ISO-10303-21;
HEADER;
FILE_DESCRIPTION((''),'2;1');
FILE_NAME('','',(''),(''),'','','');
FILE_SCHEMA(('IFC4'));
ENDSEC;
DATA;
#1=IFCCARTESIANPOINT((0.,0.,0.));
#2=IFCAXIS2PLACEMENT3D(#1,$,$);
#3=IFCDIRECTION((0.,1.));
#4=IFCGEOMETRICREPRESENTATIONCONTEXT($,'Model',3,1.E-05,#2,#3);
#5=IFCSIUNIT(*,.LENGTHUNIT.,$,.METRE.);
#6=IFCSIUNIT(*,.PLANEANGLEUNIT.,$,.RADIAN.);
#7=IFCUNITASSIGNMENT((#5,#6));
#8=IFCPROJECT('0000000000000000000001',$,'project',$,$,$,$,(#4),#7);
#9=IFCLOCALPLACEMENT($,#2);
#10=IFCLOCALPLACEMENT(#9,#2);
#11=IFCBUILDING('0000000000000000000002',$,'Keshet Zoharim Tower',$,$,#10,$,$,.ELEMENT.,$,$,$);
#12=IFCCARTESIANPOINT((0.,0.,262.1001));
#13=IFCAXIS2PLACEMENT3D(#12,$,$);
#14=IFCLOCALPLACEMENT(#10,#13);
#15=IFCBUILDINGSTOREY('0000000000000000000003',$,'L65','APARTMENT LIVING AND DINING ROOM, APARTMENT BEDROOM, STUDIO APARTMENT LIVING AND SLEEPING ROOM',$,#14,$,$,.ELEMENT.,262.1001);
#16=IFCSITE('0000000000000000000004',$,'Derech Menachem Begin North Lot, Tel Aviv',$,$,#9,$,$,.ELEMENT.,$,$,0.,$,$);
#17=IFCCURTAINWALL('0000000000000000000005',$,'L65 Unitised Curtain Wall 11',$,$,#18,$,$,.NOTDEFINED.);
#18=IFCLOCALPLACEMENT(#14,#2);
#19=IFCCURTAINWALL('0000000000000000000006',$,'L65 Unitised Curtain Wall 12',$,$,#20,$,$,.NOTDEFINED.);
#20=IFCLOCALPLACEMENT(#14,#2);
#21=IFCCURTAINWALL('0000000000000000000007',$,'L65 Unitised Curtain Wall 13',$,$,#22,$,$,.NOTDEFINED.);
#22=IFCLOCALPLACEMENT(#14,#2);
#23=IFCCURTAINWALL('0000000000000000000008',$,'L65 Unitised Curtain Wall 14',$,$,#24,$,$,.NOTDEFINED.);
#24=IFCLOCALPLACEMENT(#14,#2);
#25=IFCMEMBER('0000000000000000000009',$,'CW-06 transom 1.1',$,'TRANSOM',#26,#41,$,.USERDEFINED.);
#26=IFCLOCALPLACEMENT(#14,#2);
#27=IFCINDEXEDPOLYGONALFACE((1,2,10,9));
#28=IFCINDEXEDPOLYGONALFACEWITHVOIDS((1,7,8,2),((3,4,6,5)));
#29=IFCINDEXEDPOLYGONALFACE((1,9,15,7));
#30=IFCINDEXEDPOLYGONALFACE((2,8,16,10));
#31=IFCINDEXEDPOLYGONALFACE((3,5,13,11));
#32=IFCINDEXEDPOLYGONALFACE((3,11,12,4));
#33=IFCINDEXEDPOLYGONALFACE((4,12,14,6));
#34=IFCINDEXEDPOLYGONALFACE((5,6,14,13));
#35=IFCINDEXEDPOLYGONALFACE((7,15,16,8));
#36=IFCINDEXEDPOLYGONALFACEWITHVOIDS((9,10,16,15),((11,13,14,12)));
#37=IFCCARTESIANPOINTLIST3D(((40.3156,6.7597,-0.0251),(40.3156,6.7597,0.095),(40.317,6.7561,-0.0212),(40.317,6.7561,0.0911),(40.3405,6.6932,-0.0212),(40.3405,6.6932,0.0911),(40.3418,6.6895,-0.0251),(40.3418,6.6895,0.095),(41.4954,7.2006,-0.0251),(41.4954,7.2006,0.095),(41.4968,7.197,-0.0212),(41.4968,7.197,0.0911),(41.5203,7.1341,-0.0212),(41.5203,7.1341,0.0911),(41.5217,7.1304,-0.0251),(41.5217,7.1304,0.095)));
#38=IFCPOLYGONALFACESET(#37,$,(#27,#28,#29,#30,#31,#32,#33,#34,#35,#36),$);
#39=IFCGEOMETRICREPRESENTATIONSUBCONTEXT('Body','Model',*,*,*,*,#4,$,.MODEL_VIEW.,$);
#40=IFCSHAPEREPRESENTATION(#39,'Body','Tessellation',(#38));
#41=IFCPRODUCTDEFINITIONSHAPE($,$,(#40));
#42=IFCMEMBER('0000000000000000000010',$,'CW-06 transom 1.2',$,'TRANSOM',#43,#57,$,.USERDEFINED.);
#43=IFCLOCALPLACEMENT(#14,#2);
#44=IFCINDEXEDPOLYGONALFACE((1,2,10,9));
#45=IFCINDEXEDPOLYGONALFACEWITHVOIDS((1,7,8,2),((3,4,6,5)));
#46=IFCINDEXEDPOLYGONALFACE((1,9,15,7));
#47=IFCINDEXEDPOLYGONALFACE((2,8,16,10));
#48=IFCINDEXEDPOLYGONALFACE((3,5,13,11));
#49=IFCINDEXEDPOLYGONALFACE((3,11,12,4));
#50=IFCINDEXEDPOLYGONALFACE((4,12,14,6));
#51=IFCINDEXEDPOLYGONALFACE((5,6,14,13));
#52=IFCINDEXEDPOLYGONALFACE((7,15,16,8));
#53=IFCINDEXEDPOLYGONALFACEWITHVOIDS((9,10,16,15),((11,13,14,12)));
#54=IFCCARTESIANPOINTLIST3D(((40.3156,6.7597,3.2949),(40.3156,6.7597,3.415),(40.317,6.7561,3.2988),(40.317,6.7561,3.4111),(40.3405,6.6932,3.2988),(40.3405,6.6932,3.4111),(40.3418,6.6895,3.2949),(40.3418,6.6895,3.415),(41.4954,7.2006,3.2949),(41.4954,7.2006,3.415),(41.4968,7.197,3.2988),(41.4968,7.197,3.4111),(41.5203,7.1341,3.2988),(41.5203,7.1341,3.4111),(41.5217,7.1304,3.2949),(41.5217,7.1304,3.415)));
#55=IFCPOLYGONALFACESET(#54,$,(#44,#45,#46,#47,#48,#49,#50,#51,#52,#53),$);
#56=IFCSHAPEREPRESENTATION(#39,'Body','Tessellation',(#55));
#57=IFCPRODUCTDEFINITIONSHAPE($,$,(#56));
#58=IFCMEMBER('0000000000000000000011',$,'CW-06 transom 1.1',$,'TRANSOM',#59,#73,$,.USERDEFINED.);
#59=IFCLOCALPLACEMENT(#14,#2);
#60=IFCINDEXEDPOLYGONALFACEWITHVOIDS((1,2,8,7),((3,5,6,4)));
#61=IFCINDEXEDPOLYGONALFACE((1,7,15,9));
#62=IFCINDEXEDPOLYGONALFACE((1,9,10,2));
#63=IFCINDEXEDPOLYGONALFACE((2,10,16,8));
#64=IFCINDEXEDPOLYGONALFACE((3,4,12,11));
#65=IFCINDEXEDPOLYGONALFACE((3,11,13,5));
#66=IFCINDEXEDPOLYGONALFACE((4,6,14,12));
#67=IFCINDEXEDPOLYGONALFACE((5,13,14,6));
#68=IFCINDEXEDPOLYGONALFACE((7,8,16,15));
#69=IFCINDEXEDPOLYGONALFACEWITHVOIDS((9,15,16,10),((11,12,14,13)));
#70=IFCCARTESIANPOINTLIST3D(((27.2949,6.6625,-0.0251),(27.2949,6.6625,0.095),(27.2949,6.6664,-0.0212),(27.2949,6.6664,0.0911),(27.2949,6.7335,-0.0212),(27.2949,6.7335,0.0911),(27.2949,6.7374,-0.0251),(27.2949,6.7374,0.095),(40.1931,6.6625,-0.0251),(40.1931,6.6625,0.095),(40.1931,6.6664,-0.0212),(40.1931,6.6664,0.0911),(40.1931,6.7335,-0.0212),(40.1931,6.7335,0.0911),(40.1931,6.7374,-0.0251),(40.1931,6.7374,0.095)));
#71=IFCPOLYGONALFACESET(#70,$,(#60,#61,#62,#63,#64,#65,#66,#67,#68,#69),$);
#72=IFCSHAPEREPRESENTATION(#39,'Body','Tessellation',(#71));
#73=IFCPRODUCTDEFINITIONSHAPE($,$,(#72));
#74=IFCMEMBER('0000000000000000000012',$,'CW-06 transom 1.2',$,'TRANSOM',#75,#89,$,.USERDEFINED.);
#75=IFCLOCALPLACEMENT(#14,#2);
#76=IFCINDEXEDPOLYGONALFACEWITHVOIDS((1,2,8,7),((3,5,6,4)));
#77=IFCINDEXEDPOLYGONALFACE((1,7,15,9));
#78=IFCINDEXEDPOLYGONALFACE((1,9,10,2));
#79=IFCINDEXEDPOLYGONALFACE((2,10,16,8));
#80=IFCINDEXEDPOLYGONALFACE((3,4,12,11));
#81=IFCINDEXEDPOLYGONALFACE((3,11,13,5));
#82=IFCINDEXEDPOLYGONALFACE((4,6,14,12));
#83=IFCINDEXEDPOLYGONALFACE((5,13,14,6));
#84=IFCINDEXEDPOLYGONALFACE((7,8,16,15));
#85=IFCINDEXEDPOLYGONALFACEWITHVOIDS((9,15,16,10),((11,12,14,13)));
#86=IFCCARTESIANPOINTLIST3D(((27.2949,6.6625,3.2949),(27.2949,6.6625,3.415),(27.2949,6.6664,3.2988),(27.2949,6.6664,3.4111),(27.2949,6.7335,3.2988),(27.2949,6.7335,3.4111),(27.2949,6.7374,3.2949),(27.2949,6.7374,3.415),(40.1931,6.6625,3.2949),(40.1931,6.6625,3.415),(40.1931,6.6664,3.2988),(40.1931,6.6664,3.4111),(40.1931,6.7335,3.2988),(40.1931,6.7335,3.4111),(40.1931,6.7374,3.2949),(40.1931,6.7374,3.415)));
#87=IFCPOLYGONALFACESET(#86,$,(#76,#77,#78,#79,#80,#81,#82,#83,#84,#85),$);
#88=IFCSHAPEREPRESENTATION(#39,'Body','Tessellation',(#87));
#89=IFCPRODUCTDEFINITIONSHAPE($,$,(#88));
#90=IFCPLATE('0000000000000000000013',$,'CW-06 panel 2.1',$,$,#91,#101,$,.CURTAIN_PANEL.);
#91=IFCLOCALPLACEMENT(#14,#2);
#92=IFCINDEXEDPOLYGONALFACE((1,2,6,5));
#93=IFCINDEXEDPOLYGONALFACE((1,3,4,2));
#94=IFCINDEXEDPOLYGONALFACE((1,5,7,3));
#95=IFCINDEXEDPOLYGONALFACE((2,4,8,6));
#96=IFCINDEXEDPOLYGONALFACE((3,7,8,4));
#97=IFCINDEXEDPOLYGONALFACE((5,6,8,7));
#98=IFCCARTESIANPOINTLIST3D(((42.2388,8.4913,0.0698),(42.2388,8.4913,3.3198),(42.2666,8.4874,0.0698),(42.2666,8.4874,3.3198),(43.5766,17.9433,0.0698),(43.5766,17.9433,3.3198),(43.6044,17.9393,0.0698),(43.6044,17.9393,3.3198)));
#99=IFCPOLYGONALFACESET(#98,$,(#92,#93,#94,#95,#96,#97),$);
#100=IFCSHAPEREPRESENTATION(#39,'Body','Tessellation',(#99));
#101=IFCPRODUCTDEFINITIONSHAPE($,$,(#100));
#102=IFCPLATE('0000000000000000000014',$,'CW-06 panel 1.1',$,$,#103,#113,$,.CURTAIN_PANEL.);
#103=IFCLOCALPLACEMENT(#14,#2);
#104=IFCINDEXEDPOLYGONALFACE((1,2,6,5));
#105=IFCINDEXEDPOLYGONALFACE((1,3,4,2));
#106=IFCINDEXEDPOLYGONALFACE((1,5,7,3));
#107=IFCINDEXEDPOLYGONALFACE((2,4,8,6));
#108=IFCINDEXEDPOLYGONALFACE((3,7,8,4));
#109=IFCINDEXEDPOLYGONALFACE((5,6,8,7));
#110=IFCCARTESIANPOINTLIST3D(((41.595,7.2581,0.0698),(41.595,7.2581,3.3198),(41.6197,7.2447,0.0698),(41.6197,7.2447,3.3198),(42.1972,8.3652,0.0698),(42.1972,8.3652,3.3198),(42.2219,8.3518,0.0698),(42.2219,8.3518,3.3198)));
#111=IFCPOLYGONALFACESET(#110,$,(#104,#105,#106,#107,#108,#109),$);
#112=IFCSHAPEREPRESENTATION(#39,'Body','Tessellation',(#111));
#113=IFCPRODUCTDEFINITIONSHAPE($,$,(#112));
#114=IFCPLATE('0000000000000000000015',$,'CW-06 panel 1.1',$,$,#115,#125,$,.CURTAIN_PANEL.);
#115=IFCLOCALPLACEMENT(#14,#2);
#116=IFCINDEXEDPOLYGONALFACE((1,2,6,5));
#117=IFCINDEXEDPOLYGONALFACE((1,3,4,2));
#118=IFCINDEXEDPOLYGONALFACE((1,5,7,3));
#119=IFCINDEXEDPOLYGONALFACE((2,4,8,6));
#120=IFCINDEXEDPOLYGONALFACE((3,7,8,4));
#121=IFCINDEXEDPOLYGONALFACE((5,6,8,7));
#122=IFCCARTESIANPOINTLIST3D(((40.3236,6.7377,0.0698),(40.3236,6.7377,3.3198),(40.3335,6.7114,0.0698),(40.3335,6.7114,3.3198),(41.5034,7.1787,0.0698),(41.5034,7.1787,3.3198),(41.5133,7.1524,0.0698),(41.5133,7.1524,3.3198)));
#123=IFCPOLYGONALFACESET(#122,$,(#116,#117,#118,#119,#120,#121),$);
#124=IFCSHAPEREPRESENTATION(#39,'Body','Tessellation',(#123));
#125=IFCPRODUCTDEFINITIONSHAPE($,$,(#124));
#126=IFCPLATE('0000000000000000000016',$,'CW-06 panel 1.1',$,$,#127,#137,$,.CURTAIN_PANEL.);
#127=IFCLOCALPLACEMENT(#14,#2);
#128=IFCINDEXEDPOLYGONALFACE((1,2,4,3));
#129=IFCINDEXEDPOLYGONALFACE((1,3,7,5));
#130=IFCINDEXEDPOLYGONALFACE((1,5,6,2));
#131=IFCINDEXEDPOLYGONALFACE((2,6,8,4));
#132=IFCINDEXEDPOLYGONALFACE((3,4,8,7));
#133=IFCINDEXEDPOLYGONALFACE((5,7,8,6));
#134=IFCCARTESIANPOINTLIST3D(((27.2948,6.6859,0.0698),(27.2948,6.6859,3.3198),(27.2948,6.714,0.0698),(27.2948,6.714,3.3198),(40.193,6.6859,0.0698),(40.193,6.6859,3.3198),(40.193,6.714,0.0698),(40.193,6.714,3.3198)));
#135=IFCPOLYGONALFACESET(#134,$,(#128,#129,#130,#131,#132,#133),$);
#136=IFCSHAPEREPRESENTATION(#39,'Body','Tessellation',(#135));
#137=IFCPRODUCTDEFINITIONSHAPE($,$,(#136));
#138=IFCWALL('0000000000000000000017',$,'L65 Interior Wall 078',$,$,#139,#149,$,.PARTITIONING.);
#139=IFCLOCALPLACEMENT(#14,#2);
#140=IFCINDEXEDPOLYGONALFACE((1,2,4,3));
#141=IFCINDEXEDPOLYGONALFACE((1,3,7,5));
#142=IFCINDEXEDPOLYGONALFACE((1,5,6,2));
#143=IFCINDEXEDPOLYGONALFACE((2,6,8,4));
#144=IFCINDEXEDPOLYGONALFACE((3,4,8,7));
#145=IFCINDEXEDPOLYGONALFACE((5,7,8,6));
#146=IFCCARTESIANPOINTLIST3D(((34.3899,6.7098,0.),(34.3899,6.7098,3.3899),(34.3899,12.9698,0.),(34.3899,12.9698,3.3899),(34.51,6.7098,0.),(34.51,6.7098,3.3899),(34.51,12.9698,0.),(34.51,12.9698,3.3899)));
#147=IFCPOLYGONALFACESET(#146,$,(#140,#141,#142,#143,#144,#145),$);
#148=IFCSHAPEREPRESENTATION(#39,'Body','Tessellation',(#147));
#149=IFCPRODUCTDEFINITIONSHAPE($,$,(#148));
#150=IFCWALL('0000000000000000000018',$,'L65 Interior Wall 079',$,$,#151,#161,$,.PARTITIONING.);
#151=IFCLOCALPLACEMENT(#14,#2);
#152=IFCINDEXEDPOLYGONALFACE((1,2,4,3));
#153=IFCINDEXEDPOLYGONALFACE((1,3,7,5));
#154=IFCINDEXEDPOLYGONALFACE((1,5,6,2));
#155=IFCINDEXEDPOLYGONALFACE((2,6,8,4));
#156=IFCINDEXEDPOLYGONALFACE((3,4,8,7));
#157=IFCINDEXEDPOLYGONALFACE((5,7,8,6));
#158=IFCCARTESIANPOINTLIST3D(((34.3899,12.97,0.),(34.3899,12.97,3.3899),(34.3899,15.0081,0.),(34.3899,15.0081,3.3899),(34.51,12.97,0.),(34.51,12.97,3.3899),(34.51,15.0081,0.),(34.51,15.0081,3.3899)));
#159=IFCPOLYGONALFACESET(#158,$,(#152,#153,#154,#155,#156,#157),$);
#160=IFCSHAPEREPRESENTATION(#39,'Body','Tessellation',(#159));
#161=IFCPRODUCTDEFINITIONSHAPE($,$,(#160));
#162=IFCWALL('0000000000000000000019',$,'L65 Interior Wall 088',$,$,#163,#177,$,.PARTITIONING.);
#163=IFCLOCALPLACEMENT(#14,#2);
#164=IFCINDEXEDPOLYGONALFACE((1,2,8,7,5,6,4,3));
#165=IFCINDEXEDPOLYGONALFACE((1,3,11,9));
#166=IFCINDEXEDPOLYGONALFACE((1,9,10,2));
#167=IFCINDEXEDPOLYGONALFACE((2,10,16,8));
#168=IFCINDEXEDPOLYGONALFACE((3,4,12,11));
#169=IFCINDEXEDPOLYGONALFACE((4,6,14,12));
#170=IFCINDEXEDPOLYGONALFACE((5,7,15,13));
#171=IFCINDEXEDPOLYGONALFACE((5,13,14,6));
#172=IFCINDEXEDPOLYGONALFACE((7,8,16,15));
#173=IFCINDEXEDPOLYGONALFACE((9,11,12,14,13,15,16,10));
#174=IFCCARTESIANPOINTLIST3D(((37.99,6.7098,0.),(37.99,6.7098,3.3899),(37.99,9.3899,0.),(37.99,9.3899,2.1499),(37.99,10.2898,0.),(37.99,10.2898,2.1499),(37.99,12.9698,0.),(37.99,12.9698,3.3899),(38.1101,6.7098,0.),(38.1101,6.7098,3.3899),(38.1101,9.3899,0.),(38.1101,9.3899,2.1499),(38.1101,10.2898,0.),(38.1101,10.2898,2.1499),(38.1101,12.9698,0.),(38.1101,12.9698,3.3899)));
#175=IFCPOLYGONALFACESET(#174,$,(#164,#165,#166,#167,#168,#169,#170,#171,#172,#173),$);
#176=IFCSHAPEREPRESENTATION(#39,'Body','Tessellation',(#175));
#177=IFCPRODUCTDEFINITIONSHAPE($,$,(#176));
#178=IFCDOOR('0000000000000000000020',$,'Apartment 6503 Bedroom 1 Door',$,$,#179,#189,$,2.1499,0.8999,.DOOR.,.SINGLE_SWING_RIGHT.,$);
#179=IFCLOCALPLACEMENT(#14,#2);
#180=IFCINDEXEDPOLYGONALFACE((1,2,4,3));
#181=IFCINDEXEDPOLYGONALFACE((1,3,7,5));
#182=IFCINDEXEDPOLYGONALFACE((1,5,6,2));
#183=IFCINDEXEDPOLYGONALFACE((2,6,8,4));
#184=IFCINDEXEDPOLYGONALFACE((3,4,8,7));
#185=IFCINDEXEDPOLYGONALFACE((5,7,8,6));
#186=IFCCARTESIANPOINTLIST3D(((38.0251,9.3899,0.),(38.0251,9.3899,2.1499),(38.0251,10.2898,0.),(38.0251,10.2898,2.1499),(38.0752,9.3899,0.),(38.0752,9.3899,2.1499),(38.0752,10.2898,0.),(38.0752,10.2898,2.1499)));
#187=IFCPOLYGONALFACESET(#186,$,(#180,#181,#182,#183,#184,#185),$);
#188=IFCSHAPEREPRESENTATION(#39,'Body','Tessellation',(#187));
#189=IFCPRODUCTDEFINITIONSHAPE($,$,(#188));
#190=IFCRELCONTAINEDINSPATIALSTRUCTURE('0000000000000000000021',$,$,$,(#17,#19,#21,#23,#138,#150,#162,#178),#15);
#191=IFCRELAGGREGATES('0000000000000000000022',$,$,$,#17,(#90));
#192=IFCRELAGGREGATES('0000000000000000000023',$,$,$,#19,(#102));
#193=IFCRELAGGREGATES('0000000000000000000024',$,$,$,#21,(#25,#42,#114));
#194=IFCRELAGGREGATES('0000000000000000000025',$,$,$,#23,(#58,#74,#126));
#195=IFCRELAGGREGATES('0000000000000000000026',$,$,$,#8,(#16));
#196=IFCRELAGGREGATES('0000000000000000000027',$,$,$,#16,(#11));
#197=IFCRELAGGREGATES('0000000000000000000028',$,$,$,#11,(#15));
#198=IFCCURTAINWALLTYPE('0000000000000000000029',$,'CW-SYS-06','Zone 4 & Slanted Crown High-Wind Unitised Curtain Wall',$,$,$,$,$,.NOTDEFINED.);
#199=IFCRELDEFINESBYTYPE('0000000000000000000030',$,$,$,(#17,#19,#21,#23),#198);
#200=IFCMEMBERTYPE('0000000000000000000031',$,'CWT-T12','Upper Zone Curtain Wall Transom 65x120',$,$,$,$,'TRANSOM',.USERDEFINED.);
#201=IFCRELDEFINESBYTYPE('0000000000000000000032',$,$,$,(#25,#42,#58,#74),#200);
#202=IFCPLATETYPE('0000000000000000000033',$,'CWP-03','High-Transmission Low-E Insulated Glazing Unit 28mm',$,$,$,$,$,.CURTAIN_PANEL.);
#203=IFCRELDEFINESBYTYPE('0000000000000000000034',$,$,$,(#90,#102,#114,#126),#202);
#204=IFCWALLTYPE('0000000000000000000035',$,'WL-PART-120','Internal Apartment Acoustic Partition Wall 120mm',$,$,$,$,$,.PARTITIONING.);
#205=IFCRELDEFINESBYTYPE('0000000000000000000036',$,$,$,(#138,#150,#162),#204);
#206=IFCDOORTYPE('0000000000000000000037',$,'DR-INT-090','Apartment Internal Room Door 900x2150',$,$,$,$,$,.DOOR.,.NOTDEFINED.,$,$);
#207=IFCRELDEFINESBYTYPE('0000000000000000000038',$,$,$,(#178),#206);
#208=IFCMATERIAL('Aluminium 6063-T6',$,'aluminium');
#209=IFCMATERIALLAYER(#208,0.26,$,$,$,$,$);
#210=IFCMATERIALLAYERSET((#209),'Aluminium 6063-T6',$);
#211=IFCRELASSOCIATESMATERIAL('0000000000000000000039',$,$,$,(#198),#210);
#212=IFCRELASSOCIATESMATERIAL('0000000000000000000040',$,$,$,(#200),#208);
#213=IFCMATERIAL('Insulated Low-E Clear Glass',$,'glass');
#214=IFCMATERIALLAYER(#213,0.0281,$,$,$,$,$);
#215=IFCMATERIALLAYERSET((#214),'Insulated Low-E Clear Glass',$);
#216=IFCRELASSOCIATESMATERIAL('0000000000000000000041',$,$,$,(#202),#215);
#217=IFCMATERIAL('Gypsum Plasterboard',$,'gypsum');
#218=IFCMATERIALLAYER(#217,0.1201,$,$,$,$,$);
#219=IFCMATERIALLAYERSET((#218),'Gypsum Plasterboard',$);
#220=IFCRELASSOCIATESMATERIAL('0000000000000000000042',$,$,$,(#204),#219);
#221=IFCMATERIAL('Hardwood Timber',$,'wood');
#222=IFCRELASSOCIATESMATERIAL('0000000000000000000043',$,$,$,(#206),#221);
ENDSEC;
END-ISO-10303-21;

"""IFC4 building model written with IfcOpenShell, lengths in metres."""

from ifc_helpers import new_model, si_unit, direction, frame, frame_2d, origin, origin_2d, place, context, subcontext, project, spatial, rectangle, hollow_rectangle, extrude, material, layer, layer_set, material_profile, profile_set, type_object, element, fill, aggregate, save


model = new_model("IFC4")

# Units and contexts
model_context = context("Model", 3, precision=1e-05, world=origin(), true_north=direction((0.0, 1.0)))
body_context = subcontext(model_context, "Body", "Model", "MODEL_VIEW")
ifc_project = project(units=[si_unit("LENGTHUNIT", "METRE"), si_unit("PLANEANGLEUNIT", "RADIAN")], contexts=[model_context])

# Site, building, storey
site_placement = place(None, origin())
site = spatial("IfcSite", under=ifc_project, at=site_placement, Name="Derech Menachem Begin North Lot, Tel Aviv", CompositionType="ELEMENT", RefElevation=0.0)
building_placement = place(site_placement, origin())
building = spatial("IfcBuilding", under=site, at=building_placement, Name="Keshet Zoharim Tower", CompositionType="ELEMENT")
storey_placement = place(building_placement, frame((0.0, 0.0, 262.1001)))
storey = spatial("IfcBuildingStorey", under=building, at=storey_placement, Name="L65", Description="APARTMENT LIVING AND DINING ROOM, APARTMENT BEDROOM, STUDIO APARTMENT LIVING AND SLEEPING ROOM", CompositionType="ELEMENT", Elevation=262.1001)

# Curtain wall
ifc_material_1 = material(Name="Aluminium 6063-T6", Category="aluminium")
ifc_layer_1 = layer(ifc_material_1, 0.26)
ifc_layer_set_1 = layer_set([ifc_layer_1], Name="Aluminium 6063-T6")
curtain_wall_type = type_object("IfcCurtainWallType", Name="CW-SYS-06", Description="Zone 4 & Slanted Crown High-Wind Unitised Curtain Wall", PredefinedType="NOTDEFINED", material=ifc_layer_set_1)
curtain_wall_1_placement = place(storey_placement, origin())
curtain_wall_1 = element("IfcCurtainWall", 1, at=curtain_wall_1_placement, inside=storey, type_object=curtain_wall_type, Name="L65 Unitised Curtain Wall 11", PredefinedType="NOTDEFINED")

# Curtain walls
curtain_wall_2_placement = place(storey_placement, origin())
curtain_wall_2 = element("IfcCurtainWall", 2, at=curtain_wall_2_placement, inside=storey, type_object=curtain_wall_type, Name="L65 Unitised Curtain Wall 12", PredefinedType="NOTDEFINED")
curtain_wall_3_placement = place(storey_placement, origin())
curtain_wall_3 = element("IfcCurtainWall", 3, at=curtain_wall_3_placement, inside=storey, type_object=curtain_wall_type, Name="L65 Unitised Curtain Wall 13", PredefinedType="NOTDEFINED")

# Curtain wall
curtain_wall_4_placement = place(storey_placement, origin())
curtain_wall_4 = element("IfcCurtainWall", 4, at=curtain_wall_4_placement, inside=storey, type_object=curtain_wall_type, Name="L65 Unitised Curtain Wall 14", PredefinedType="NOTDEFINED")

# Members
ifc_material_profile_1 = material_profile(ifc_material_1, hollow_rectangle(XDim=0.075, YDim=0.1201, WallThickness=0.0039, at=origin_2d()), Name="TRN-75x120")
ifc_profile_set_1 = profile_set([ifc_material_profile_1], Name="Aluminium 6063-T6")
member_type_1 = type_object("IfcMemberType", Name="CWT-T12", Description="Upper Zone Curtain Wall Transom 65x120", ElementType="TRANSOM", PredefinedType="USERDEFINED", material=ifc_profile_set_1)
member_1_placement = place(storey_placement, frame((41.5085, 7.1655, 0.0349), z_axis=(-0.936735, -0.35004, 0.0), x_axis=(0.35004, -0.936735, 0.0)))
member_1 = element("IfcMember", 5, at=member_1_placement, type_object=member_type_1, Name="CW-06 transom 1.1", ObjectType="TRANSOM", PredefinedType="USERDEFINED", context=body_context, shape_type="SweptSolid", body=[
    extrude(hollow_rectangle(XDim=0.075, YDim=0.1201, WallThickness=0.0039, at=origin_2d()), origin(), (0.0, 0.0, 1.0), 1.2595),
])
member_2_placement = place(storey_placement, frame((41.5085, 7.1655, 3.355), z_axis=(-0.936735, -0.35004, 0.0), x_axis=(0.35004, -0.936735, 0.0)))
member_2 = element("IfcMember", 6, at=member_2_placement, type_object=member_type_1, Name="CW-06 transom 1.2", ObjectType="TRANSOM", PredefinedType="USERDEFINED", context=body_context, shape_type="SweptSolid", body=[
    extrude(hollow_rectangle(XDim=0.075, YDim=0.1201, WallThickness=0.0039, at=origin_2d()), origin(), (0.0, 0.0, 1.0), 1.2595),
])
member_3_placement = place(storey_placement, frame((40.1931, 6.7, 0.0349), z_axis=(-1.0, 0.0, 0.0), x_axis=(0.0, -1.0, 0.0)))
member_3 = element("IfcMember", 7, at=member_3_placement, type_object=member_type_1, Name="CW-06 transom 1.1", ObjectType="TRANSOM", PredefinedType="USERDEFINED", context=body_context, shape_type="SweptSolid", body=[
    extrude(hollow_rectangle(XDim=0.075, YDim=0.1201, WallThickness=0.0039, at=origin_2d()), origin(), (0.0, 0.0, 1.0), 12.8982),
])
member_4_placement = place(storey_placement, frame((40.1931, 6.7, 3.355), z_axis=(-1.0, 0.0, 0.0), x_axis=(0.0, -1.0, 0.0)))
member_4 = element("IfcMember", 8, at=member_4_placement, type_object=member_type_1, Name="CW-06 transom 1.2", ObjectType="TRANSOM", PredefinedType="USERDEFINED", context=body_context, shape_type="SweptSolid", body=[
    extrude(hollow_rectangle(XDim=0.075, YDim=0.1201, WallThickness=0.0039, at=origin_2d()), origin(), (0.0, 0.0, 1.0), 12.8982),
])

# Plates
ifc_material_2 = material(Name="Insulated Low-E Clear Glass", Category="glass")
ifc_layer_2 = layer(ifc_material_2, 0.0281)
ifc_layer_set_2 = layer_set([ifc_layer_2], Name="Insulated Low-E Clear Glass")
plate_type = type_object("IfcPlateType", Name="CWP-03", Description="High-Transmission Low-E Insulated Glazing Unit 28mm", PredefinedType="CURTAIN_PANEL", material=ifc_layer_set_2)
plate_1_placement = place(storey_placement, frame((42.9216, 13.2153, 0.0698), z_axis=(0.0, 0.0, 1.0), x_axis=(-0.140137, -0.990132, 0.0)))
plate_1 = element("IfcPlate", 9, at=plate_1_placement, type_object=plate_type, Name="CW-06 panel 2.1", PredefinedType="CURTAIN_PANEL", context=body_context, shape_type="SweptSolid", body=[
    extrude(rectangle(XDim=9.5461, YDim=0.0281, at=origin_2d()), origin(), (0.0, 0.0, 1.0), 3.25),
])
aggregate(curtain_wall_1, [plate_1])
plate_2_placement = place(storey_placement, frame((41.9084, 7.8049, 0.0698), z_axis=(0.0, 0.0, 1.0), x_axis=(-0.477801, -0.878468, 0.0)))
plate_2 = element("IfcPlate", 10, at=plate_2_placement, type_object=plate_type, Name="CW-06 panel 1.1", PredefinedType="CURTAIN_PANEL", context=body_context, shape_type="SweptSolid", body=[
    extrude(rectangle(XDim=1.2603, YDim=0.0281, at=origin_2d()), origin(), (0.0, 0.0, 1.0), 3.25),
])
aggregate(curtain_wall_2, [plate_2])
plate_3_placement = place(storey_placement, frame((40.9185, 6.9451, 0.0698), z_axis=(0.0, 0.0, 1.0), x_axis=(-0.93671, -0.350105, 0.0)))
plate_3 = element("IfcPlate", 11, at=plate_3_placement, type_object=plate_type, Name="CW-06 panel 1.1", PredefinedType="CURTAIN_PANEL", context=body_context, shape_type="SweptSolid", body=[
    extrude(rectangle(XDim=1.2595, YDim=0.0281, at=origin_2d()), origin(), (0.0, 0.0, 1.0), 3.25),
])
aggregate(curtain_wall_3, [member_1, member_2, plate_3])
plate_4_placement = place(storey_placement, frame((33.7439, 6.7, 0.0698), z_axis=(0.0, 0.0, 1.0), x_axis=(-1.0, 0.0, 0.0)))
plate_4 = element("IfcPlate", 12, at=plate_4_placement, type_object=plate_type, Name="CW-06 panel 1.1", PredefinedType="CURTAIN_PANEL", context=body_context, shape_type="SweptSolid", body=[
    extrude(rectangle(XDim=12.8982, YDim=0.0281, at=origin_2d()), origin(), (0.0, 0.0, 1.0), 3.25),
])
aggregate(curtain_wall_4, [member_3, member_4, plate_4])

# Walls
ifc_material_3 = material(Name="Gypsum Plasterboard", Category="gypsum")
ifc_layer_3 = layer(ifc_material_3, 0.1201)
ifc_layer_set_3 = layer_set([ifc_layer_3], Name="Gypsum Plasterboard")
wall_type_1 = type_object("IfcWallType", Name="WL-PART-120", Description="Internal Apartment Acoustic Partition Wall 120mm", PredefinedType="PARTITIONING", material=ifc_layer_set_3)
wall_1_placement = place(storey_placement, frame((34.45, 6.71, 0.0), z_axis=(0.0, 0.0, 1.0), x_axis=(0.0, 1.0, 0.0)))
element("IfcWall", 13, at=wall_1_placement, inside=storey, type_object=wall_type_1, Name="L65 Interior Wall 078", PredefinedType="PARTITIONING", context=body_context, shape_type="SweptSolid", body=[
    extrude(rectangle(XDim=6.26, YDim=0.1201, at=frame_2d((3.1299, 0.0))), origin(), (0.0, 0.0, 1.0), 3.3899),
])
wall_2_placement = place(storey_placement, frame((34.45, 12.97, 0.0), z_axis=(0.0, 0.0, 1.0), x_axis=(0.0, 1.0, 0.0)))
element("IfcWall", 14, at=wall_2_placement, inside=storey, type_object=wall_type_1, Name="L65 Interior Wall 079", PredefinedType="PARTITIONING", context=body_context, shape_type="SweptSolid", body=[
    extrude(rectangle(XDim=2.0381, YDim=0.1201, at=frame_2d((1.019, 0.0))), origin(), (0.0, 0.0, 1.0), 3.3899),
])

# Wall, opening, door
wall_3_placement = place(storey_placement, frame((38.05, 6.71, 0.0), z_axis=(0.0, 0.0, 1.0), x_axis=(0.0, 1.0, 0.0)))
wall_3 = element("IfcWall", 15, at=wall_3_placement, inside=storey, type_object=wall_type_1, Name="L65 Interior Wall 088", PredefinedType="PARTITIONING", context=body_context, shape_type="SweptSolid", body=[
    extrude(rectangle(XDim=6.26, YDim=0.1201, at=frame_2d((3.1299, 0.0))), origin(), (0.0, 0.0, 1.0), 3.3899),
])
opening_1_placement = place(wall_3_placement, frame((2.6799, 0.0, 0.0)))
opening_1 = element("IfcOpeningElement", 16, at=opening_1_placement, cuts=wall_3, PredefinedType="OPENING", context=body_context, shape_type="SweptSolid", body=[
    extrude(rectangle(XDim=0.8999, YDim=2.1499, at=frame_2d((0.45, 1.075))), frame((0.0, 0.0701, 0.0), z_axis=(0.0, -1.0, 0.0), x_axis=(1.0, 0.0, 0.0)), (0.0, 0.0, 1.0), 0.1401),
])
ifc_material_4 = material(Name="Hardwood Timber", Category="wood")
door_type = type_object("IfcDoorType", Name="DR-INT-090", Description="Apartment Internal Room Door 900x2150", OperationType="NOTDEFINED", PredefinedType="DOOR", material=ifc_material_4)
door_1_placement = place(opening_1_placement, origin())
door_1 = element("IfcDoor", 17, at=door_1_placement, inside=storey, type_object=door_type, Name="Apartment 6503 Bedroom 1 Door", OperationType="SINGLE_SWING_RIGHT", OverallHeight=2.1499, OverallWidth=0.8999, PredefinedType="DOOR", context=body_context, shape_type="SweptSolid", body=[
    extrude(rectangle(XDim=0.8999, YDim=2.1499, at=frame_2d((0.45, 1.075))), frame((0.0, 0.0249, 0.0), z_axis=(0.0, -1.0, 0.0), x_axis=(1.0, 0.0, 0.0)), (0.0, 0.0, 1.0), 0.05),
])
fill(opening_1, door_1)

save(model, "model.ifc")
